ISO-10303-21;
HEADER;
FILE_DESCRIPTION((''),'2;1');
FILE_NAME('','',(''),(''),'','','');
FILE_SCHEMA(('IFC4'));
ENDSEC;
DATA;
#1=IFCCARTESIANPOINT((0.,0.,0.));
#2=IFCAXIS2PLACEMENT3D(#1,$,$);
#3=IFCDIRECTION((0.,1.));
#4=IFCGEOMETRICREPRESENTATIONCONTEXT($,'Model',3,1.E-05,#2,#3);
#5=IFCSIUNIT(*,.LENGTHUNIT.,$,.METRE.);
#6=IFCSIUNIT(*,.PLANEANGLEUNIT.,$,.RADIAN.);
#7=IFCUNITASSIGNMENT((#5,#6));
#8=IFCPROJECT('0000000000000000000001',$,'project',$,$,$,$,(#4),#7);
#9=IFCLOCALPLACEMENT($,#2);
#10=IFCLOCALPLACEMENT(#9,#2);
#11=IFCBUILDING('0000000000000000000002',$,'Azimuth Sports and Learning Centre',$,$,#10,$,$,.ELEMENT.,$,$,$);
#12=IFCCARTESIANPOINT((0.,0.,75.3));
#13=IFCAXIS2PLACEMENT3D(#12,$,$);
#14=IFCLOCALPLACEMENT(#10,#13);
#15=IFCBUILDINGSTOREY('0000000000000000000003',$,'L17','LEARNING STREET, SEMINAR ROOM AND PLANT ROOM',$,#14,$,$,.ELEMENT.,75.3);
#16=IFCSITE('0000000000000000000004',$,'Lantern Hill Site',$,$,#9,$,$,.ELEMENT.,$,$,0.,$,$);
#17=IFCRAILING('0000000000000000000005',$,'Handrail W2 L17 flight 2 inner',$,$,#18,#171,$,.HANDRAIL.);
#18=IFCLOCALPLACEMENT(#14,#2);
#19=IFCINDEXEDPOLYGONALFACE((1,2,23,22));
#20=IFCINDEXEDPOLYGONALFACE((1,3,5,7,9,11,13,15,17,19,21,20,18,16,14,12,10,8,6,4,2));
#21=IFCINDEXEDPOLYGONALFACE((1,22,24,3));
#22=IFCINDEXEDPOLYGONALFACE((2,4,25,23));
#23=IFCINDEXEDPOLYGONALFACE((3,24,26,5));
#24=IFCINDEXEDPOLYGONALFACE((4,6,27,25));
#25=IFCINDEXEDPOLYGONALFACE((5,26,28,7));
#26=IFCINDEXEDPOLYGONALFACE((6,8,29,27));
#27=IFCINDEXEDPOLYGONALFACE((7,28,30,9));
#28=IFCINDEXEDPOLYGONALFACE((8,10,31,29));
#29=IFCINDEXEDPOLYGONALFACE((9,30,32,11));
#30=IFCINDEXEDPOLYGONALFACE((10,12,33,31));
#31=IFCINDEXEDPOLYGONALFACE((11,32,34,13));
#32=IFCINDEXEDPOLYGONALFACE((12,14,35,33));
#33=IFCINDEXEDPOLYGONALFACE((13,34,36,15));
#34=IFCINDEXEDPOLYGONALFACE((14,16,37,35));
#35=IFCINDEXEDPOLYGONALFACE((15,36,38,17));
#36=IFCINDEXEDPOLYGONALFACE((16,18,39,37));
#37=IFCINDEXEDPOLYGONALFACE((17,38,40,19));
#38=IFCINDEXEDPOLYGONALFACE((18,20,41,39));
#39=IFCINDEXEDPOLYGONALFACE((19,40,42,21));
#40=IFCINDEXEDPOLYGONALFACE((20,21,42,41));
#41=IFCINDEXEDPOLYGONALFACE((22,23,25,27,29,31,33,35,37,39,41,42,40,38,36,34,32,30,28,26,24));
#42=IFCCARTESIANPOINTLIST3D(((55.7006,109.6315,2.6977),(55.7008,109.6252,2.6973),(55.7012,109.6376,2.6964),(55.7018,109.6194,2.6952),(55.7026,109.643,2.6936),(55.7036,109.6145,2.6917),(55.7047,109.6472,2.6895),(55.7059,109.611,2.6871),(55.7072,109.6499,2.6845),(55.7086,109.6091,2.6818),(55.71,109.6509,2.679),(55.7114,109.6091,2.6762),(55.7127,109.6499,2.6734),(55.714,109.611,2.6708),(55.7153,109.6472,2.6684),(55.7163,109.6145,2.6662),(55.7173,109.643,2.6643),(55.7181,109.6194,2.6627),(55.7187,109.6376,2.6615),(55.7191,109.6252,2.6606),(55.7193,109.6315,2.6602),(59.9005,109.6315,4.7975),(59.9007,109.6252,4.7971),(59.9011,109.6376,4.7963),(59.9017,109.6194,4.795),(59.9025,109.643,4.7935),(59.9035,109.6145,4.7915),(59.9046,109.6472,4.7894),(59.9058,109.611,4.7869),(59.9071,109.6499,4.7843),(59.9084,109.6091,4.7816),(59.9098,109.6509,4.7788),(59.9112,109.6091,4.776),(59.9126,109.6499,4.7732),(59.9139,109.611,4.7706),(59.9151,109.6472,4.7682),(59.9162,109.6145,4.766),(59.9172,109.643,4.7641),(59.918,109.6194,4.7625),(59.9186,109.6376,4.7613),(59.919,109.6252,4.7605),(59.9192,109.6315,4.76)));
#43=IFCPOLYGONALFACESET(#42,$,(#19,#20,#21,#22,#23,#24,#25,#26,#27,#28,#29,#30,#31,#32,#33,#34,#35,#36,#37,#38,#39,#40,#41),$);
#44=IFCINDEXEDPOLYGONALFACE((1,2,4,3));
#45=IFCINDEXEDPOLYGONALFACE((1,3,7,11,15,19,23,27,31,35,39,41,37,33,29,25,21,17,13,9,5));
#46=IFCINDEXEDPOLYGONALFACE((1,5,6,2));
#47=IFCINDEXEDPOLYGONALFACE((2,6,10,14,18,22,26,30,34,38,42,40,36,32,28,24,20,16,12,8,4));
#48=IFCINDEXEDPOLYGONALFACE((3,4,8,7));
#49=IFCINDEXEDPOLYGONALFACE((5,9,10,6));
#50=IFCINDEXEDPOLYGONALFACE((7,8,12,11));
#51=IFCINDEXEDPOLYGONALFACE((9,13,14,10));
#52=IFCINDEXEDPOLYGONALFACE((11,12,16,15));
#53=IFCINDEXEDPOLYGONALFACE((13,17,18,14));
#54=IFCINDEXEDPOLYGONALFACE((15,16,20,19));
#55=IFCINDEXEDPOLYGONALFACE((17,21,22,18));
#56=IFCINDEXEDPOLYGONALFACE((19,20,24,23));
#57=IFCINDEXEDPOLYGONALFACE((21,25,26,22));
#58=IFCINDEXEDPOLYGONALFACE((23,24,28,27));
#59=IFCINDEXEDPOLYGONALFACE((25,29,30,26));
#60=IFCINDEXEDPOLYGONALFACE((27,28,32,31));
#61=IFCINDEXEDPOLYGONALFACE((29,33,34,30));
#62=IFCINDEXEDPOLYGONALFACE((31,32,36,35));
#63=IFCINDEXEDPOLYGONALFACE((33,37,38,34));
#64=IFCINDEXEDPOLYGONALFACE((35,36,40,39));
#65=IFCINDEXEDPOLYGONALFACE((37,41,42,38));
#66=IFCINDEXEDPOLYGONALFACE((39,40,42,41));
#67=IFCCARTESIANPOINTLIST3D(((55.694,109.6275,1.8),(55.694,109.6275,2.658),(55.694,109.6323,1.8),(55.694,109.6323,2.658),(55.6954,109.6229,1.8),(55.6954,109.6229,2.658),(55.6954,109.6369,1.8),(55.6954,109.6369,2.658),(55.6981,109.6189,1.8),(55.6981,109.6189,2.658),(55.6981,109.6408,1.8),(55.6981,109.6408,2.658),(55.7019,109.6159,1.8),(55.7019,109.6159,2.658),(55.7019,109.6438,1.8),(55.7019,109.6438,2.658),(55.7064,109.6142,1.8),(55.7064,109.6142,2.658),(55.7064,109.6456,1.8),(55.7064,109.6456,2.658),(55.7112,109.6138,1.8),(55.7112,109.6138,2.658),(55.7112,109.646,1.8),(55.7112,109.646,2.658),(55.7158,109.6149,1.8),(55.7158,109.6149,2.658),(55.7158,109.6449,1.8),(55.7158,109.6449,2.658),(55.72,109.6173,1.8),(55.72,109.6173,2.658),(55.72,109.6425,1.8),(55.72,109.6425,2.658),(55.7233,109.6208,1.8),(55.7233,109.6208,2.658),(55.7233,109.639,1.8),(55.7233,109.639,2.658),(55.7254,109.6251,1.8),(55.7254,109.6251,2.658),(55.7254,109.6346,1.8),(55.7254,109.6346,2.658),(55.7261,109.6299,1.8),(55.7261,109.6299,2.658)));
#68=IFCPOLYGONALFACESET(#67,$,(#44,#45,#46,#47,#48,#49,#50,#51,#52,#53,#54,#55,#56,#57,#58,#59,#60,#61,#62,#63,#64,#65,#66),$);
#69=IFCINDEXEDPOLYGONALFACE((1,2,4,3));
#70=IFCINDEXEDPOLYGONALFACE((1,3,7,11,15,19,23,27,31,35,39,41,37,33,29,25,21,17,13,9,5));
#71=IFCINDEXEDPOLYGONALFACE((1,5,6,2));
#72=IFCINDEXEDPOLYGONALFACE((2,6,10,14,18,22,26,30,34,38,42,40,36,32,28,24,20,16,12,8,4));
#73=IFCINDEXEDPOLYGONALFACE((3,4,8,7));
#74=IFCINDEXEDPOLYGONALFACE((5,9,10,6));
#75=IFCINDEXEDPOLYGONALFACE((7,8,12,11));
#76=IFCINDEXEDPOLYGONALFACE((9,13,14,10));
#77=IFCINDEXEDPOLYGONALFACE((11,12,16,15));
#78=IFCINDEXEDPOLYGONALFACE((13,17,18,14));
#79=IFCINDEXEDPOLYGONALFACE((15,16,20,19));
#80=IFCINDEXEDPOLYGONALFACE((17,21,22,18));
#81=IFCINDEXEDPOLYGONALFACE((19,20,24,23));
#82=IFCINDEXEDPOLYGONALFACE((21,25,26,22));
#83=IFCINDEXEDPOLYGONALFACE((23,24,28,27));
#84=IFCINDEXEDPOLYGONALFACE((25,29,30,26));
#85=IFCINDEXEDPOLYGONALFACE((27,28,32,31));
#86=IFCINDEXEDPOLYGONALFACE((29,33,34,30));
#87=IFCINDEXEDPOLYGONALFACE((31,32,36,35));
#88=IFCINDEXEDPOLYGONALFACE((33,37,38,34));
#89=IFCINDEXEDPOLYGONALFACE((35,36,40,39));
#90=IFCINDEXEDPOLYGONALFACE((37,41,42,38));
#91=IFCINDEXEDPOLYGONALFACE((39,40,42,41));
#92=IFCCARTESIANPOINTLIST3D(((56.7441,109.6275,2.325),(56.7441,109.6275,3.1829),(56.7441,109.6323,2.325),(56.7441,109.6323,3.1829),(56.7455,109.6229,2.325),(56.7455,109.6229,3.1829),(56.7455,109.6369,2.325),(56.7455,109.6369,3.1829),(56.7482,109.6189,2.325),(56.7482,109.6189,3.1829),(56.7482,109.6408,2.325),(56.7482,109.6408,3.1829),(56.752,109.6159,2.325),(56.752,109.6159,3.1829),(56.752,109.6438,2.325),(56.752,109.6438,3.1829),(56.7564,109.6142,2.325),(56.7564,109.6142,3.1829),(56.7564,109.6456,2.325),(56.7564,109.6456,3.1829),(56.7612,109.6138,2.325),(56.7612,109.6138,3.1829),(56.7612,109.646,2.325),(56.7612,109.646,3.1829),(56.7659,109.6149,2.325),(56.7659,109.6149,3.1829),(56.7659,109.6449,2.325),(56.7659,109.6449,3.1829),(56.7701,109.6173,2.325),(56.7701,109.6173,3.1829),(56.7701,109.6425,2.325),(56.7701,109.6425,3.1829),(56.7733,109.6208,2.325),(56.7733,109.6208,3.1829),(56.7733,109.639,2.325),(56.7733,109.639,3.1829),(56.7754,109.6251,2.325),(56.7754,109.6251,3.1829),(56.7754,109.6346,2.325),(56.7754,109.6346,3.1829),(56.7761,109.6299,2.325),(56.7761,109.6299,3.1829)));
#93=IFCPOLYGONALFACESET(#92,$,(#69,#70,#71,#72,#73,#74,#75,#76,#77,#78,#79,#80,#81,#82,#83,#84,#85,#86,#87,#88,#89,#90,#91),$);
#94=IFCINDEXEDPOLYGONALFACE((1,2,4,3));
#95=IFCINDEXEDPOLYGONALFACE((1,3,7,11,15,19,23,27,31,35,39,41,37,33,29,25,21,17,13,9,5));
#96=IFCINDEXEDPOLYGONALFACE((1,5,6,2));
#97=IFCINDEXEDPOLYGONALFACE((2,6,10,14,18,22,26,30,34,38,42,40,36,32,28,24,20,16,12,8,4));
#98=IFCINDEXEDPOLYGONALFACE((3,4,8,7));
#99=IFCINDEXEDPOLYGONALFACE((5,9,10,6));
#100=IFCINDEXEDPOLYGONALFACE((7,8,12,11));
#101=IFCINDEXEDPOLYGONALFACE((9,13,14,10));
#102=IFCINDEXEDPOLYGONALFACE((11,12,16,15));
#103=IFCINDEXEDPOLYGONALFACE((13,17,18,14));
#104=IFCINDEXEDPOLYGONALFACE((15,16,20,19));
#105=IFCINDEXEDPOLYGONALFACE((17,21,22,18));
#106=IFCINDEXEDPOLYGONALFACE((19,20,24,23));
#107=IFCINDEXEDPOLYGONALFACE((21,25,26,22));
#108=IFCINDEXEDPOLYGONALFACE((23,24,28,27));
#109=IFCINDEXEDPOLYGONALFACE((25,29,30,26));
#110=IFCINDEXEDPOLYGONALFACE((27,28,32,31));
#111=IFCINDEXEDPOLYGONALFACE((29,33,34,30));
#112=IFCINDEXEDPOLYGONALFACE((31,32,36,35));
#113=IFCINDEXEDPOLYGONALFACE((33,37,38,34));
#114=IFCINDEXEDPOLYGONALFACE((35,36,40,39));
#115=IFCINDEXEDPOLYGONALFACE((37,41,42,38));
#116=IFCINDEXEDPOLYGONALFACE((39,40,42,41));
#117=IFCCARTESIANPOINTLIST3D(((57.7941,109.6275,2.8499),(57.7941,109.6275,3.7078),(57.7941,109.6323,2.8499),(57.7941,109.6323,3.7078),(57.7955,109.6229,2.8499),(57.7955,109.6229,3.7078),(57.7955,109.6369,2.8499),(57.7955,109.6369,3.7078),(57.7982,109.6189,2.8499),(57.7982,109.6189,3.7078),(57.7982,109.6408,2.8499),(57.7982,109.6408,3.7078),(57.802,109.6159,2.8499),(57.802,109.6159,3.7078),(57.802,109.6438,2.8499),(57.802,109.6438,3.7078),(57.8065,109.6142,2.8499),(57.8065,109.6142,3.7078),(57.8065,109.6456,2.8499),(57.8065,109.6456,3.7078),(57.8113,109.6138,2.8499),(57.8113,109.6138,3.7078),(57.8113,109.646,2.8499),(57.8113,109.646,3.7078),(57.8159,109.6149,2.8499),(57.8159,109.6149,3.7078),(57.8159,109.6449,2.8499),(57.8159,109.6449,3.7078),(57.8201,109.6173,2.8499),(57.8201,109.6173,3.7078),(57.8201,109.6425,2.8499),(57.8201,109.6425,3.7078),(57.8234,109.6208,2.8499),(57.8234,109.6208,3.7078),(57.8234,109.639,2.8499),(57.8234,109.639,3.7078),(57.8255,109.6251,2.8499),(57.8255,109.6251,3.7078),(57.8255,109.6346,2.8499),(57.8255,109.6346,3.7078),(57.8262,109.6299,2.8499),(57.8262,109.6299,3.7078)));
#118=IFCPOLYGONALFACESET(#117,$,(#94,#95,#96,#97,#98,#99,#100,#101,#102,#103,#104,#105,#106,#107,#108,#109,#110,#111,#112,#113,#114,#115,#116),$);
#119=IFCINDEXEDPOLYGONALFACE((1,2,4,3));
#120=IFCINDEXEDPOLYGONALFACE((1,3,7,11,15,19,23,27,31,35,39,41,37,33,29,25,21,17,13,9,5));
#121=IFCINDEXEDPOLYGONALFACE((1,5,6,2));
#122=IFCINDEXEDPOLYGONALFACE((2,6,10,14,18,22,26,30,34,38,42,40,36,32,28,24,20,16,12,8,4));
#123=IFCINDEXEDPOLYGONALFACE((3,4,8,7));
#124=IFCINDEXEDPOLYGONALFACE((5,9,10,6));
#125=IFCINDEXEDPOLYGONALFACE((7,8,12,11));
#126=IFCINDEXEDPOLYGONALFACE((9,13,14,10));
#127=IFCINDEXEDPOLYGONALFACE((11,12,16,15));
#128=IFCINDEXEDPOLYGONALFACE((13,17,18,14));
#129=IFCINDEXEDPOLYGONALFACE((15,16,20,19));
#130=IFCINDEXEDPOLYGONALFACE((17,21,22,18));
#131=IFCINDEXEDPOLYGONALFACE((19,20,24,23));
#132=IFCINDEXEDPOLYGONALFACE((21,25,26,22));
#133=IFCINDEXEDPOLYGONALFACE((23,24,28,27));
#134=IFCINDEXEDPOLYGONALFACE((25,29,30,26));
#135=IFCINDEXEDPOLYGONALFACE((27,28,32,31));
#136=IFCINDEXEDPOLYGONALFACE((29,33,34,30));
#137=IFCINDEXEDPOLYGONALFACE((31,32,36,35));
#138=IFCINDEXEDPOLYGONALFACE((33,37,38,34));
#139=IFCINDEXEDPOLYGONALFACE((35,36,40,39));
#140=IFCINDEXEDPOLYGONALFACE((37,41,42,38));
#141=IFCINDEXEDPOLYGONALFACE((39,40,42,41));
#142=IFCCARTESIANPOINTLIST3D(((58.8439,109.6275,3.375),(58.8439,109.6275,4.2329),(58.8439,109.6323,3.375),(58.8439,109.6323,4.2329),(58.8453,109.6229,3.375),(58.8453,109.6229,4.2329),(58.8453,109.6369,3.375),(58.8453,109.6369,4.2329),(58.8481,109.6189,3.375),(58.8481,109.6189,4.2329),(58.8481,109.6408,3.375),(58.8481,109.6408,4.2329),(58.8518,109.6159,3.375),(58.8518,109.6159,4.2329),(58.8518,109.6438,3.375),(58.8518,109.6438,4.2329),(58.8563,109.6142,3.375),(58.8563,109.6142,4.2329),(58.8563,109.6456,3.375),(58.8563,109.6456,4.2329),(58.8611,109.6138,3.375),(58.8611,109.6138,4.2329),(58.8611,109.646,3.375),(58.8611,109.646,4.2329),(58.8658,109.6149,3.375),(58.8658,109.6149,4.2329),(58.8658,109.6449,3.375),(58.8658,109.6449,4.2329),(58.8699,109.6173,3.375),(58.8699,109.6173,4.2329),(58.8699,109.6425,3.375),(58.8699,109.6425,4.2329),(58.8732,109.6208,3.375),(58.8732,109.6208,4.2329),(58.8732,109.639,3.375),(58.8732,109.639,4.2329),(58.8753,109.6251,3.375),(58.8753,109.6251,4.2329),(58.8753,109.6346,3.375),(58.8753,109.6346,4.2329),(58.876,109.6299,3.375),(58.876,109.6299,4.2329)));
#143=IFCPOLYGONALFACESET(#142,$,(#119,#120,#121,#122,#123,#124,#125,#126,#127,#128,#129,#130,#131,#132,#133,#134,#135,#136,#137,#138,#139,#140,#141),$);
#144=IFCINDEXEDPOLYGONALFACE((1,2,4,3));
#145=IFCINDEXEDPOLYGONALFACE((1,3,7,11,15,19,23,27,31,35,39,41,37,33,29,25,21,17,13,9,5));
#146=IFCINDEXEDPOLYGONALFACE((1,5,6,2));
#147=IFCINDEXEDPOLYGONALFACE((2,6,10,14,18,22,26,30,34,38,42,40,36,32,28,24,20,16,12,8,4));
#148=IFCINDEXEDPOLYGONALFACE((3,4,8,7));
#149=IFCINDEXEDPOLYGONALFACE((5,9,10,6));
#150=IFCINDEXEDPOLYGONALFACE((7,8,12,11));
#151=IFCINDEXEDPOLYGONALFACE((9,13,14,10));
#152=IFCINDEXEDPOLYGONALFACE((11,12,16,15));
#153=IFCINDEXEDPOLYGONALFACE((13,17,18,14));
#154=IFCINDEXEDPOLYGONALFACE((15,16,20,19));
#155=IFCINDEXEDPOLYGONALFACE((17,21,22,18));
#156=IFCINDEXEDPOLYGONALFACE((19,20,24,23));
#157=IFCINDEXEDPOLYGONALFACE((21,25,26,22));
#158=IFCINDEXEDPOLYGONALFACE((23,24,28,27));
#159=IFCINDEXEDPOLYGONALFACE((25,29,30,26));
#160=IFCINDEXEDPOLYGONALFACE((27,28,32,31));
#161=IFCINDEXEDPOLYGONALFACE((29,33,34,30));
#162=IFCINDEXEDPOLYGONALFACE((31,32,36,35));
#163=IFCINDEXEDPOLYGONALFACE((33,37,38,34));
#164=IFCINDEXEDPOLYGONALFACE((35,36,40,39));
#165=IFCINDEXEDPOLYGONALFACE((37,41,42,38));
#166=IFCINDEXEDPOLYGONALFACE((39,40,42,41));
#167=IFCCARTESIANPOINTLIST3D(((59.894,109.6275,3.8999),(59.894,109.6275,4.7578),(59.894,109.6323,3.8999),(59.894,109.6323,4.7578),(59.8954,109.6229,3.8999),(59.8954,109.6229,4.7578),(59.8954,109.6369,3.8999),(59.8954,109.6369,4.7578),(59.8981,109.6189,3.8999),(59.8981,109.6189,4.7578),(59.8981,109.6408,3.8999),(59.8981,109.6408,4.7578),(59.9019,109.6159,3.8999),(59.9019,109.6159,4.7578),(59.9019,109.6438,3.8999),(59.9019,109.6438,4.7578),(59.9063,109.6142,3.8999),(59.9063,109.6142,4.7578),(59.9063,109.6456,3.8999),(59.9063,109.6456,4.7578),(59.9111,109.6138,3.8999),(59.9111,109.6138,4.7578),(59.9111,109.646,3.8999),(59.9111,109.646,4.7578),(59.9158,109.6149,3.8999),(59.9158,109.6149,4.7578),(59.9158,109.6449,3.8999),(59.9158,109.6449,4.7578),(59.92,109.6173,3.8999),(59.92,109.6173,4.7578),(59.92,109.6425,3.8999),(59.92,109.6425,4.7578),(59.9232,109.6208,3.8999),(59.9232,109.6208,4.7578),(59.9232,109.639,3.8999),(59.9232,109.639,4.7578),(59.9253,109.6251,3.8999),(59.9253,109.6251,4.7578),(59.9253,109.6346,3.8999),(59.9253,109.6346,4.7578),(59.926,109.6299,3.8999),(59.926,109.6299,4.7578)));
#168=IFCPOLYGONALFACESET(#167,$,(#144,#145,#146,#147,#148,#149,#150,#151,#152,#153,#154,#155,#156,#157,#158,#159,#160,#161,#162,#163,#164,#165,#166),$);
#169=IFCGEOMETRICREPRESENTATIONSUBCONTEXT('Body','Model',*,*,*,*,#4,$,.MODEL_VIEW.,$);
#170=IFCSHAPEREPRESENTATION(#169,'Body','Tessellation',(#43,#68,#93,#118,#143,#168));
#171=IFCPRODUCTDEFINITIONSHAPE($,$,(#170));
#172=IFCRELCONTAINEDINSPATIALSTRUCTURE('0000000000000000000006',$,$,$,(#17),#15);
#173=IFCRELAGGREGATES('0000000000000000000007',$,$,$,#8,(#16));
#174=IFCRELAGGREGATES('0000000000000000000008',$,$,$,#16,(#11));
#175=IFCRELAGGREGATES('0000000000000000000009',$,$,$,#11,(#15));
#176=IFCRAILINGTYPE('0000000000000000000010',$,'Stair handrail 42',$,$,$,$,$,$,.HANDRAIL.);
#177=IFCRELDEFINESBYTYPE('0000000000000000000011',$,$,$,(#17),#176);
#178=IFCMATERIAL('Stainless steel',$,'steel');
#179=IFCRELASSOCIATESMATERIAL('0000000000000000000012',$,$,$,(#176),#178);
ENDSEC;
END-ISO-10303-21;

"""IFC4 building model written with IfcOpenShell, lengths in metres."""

from ifc_helpers import new_model, si_unit, direction, frame, origin, origin_2d, place, context, subcontext, project, spatial, circle, extrude, material, type_object, element, save


model = new_model("IFC4")

# Units and contexts
model_context = context("Model", 3, precision=1e-05, world=origin(), true_north=direction((0.0, 1.0)))
body_context = subcontext(model_context, "Body", "Model", "MODEL_VIEW")
ifc_project = project(units=[si_unit("LENGTHUNIT", "METRE"), si_unit("PLANEANGLEUNIT", "RADIAN")], contexts=[model_context])

# Site, building, storey
site_placement = place(None, origin())
site = spatial("IfcSite", under=ifc_project, at=site_placement, Name="Lantern Hill Site", CompositionType="ELEMENT", RefElevation=0.0)
building_placement = place(site_placement, origin())
building = spatial("IfcBuilding", under=site, at=building_placement, Name="Azimuth Sports and Learning Centre", CompositionType="ELEMENT")
storey_placement = place(building_placement, frame((0.0, 0.0, 75.3)))
storey = spatial("IfcBuildingStorey", under=building, at=storey_placement, Name="L17", Description="LEARNING STREET, SEMINAR ROOM AND PLANT ROOM", CompositionType="ELEMENT", Elevation=75.3)

# Railing
ifc_material_1 = material(Name="Stainless steel", Category="steel")
railing_type_1 = type_object("IfcRailingType", Name="Stair handrail 42", PredefinedType="HANDRAIL", material=ifc_material_1)
railing_1_placement = place(storey_placement, frame((55.71, 109.6299, 1.8)))
element("IfcRailing", 1, at=railing_1_placement, inside=storey, type_object=railing_type_1, Name="Handrail W2 L17 flight 2 inner", PredefinedType="HANDRAIL", context=body_context, shape_type="SweptSolid", body=[
    extrude(circle(Radius=0.021, at=origin_2d()), frame((0.0, 0.0, 0.8789), z_axis=(0.894438, 0.0, 0.447193), x_axis=(0.0, 1.0, 0.0)), (0.0, 0.0, 1.0), 4.6956),
    extrude(circle(Radius=0.0161, at=origin_2d()), origin(), (0.0, 0.0, 1.0), 0.8579),
    extrude(circle(Radius=0.0161, at=origin_2d()), frame((1.05, 0.0, 0.5249)), (0.0, 0.0, 1.0), 0.8579),
    extrude(circle(Radius=0.0161, at=origin_2d()), frame((2.1001, 0.0, 1.0498)), (0.0, 0.0, 1.0), 0.8579),
    extrude(circle(Radius=0.0161, at=origin_2d()), frame((3.1499, 0.0, 1.575)), (0.0, 0.0, 1.0), 0.8579),
    extrude(circle(Radius=0.0161, at=origin_2d()), frame((4.2, 0.0, 2.0999)), (0.0, 0.0, 1.0), 0.8579),
])

save(model, "model.ifc")
